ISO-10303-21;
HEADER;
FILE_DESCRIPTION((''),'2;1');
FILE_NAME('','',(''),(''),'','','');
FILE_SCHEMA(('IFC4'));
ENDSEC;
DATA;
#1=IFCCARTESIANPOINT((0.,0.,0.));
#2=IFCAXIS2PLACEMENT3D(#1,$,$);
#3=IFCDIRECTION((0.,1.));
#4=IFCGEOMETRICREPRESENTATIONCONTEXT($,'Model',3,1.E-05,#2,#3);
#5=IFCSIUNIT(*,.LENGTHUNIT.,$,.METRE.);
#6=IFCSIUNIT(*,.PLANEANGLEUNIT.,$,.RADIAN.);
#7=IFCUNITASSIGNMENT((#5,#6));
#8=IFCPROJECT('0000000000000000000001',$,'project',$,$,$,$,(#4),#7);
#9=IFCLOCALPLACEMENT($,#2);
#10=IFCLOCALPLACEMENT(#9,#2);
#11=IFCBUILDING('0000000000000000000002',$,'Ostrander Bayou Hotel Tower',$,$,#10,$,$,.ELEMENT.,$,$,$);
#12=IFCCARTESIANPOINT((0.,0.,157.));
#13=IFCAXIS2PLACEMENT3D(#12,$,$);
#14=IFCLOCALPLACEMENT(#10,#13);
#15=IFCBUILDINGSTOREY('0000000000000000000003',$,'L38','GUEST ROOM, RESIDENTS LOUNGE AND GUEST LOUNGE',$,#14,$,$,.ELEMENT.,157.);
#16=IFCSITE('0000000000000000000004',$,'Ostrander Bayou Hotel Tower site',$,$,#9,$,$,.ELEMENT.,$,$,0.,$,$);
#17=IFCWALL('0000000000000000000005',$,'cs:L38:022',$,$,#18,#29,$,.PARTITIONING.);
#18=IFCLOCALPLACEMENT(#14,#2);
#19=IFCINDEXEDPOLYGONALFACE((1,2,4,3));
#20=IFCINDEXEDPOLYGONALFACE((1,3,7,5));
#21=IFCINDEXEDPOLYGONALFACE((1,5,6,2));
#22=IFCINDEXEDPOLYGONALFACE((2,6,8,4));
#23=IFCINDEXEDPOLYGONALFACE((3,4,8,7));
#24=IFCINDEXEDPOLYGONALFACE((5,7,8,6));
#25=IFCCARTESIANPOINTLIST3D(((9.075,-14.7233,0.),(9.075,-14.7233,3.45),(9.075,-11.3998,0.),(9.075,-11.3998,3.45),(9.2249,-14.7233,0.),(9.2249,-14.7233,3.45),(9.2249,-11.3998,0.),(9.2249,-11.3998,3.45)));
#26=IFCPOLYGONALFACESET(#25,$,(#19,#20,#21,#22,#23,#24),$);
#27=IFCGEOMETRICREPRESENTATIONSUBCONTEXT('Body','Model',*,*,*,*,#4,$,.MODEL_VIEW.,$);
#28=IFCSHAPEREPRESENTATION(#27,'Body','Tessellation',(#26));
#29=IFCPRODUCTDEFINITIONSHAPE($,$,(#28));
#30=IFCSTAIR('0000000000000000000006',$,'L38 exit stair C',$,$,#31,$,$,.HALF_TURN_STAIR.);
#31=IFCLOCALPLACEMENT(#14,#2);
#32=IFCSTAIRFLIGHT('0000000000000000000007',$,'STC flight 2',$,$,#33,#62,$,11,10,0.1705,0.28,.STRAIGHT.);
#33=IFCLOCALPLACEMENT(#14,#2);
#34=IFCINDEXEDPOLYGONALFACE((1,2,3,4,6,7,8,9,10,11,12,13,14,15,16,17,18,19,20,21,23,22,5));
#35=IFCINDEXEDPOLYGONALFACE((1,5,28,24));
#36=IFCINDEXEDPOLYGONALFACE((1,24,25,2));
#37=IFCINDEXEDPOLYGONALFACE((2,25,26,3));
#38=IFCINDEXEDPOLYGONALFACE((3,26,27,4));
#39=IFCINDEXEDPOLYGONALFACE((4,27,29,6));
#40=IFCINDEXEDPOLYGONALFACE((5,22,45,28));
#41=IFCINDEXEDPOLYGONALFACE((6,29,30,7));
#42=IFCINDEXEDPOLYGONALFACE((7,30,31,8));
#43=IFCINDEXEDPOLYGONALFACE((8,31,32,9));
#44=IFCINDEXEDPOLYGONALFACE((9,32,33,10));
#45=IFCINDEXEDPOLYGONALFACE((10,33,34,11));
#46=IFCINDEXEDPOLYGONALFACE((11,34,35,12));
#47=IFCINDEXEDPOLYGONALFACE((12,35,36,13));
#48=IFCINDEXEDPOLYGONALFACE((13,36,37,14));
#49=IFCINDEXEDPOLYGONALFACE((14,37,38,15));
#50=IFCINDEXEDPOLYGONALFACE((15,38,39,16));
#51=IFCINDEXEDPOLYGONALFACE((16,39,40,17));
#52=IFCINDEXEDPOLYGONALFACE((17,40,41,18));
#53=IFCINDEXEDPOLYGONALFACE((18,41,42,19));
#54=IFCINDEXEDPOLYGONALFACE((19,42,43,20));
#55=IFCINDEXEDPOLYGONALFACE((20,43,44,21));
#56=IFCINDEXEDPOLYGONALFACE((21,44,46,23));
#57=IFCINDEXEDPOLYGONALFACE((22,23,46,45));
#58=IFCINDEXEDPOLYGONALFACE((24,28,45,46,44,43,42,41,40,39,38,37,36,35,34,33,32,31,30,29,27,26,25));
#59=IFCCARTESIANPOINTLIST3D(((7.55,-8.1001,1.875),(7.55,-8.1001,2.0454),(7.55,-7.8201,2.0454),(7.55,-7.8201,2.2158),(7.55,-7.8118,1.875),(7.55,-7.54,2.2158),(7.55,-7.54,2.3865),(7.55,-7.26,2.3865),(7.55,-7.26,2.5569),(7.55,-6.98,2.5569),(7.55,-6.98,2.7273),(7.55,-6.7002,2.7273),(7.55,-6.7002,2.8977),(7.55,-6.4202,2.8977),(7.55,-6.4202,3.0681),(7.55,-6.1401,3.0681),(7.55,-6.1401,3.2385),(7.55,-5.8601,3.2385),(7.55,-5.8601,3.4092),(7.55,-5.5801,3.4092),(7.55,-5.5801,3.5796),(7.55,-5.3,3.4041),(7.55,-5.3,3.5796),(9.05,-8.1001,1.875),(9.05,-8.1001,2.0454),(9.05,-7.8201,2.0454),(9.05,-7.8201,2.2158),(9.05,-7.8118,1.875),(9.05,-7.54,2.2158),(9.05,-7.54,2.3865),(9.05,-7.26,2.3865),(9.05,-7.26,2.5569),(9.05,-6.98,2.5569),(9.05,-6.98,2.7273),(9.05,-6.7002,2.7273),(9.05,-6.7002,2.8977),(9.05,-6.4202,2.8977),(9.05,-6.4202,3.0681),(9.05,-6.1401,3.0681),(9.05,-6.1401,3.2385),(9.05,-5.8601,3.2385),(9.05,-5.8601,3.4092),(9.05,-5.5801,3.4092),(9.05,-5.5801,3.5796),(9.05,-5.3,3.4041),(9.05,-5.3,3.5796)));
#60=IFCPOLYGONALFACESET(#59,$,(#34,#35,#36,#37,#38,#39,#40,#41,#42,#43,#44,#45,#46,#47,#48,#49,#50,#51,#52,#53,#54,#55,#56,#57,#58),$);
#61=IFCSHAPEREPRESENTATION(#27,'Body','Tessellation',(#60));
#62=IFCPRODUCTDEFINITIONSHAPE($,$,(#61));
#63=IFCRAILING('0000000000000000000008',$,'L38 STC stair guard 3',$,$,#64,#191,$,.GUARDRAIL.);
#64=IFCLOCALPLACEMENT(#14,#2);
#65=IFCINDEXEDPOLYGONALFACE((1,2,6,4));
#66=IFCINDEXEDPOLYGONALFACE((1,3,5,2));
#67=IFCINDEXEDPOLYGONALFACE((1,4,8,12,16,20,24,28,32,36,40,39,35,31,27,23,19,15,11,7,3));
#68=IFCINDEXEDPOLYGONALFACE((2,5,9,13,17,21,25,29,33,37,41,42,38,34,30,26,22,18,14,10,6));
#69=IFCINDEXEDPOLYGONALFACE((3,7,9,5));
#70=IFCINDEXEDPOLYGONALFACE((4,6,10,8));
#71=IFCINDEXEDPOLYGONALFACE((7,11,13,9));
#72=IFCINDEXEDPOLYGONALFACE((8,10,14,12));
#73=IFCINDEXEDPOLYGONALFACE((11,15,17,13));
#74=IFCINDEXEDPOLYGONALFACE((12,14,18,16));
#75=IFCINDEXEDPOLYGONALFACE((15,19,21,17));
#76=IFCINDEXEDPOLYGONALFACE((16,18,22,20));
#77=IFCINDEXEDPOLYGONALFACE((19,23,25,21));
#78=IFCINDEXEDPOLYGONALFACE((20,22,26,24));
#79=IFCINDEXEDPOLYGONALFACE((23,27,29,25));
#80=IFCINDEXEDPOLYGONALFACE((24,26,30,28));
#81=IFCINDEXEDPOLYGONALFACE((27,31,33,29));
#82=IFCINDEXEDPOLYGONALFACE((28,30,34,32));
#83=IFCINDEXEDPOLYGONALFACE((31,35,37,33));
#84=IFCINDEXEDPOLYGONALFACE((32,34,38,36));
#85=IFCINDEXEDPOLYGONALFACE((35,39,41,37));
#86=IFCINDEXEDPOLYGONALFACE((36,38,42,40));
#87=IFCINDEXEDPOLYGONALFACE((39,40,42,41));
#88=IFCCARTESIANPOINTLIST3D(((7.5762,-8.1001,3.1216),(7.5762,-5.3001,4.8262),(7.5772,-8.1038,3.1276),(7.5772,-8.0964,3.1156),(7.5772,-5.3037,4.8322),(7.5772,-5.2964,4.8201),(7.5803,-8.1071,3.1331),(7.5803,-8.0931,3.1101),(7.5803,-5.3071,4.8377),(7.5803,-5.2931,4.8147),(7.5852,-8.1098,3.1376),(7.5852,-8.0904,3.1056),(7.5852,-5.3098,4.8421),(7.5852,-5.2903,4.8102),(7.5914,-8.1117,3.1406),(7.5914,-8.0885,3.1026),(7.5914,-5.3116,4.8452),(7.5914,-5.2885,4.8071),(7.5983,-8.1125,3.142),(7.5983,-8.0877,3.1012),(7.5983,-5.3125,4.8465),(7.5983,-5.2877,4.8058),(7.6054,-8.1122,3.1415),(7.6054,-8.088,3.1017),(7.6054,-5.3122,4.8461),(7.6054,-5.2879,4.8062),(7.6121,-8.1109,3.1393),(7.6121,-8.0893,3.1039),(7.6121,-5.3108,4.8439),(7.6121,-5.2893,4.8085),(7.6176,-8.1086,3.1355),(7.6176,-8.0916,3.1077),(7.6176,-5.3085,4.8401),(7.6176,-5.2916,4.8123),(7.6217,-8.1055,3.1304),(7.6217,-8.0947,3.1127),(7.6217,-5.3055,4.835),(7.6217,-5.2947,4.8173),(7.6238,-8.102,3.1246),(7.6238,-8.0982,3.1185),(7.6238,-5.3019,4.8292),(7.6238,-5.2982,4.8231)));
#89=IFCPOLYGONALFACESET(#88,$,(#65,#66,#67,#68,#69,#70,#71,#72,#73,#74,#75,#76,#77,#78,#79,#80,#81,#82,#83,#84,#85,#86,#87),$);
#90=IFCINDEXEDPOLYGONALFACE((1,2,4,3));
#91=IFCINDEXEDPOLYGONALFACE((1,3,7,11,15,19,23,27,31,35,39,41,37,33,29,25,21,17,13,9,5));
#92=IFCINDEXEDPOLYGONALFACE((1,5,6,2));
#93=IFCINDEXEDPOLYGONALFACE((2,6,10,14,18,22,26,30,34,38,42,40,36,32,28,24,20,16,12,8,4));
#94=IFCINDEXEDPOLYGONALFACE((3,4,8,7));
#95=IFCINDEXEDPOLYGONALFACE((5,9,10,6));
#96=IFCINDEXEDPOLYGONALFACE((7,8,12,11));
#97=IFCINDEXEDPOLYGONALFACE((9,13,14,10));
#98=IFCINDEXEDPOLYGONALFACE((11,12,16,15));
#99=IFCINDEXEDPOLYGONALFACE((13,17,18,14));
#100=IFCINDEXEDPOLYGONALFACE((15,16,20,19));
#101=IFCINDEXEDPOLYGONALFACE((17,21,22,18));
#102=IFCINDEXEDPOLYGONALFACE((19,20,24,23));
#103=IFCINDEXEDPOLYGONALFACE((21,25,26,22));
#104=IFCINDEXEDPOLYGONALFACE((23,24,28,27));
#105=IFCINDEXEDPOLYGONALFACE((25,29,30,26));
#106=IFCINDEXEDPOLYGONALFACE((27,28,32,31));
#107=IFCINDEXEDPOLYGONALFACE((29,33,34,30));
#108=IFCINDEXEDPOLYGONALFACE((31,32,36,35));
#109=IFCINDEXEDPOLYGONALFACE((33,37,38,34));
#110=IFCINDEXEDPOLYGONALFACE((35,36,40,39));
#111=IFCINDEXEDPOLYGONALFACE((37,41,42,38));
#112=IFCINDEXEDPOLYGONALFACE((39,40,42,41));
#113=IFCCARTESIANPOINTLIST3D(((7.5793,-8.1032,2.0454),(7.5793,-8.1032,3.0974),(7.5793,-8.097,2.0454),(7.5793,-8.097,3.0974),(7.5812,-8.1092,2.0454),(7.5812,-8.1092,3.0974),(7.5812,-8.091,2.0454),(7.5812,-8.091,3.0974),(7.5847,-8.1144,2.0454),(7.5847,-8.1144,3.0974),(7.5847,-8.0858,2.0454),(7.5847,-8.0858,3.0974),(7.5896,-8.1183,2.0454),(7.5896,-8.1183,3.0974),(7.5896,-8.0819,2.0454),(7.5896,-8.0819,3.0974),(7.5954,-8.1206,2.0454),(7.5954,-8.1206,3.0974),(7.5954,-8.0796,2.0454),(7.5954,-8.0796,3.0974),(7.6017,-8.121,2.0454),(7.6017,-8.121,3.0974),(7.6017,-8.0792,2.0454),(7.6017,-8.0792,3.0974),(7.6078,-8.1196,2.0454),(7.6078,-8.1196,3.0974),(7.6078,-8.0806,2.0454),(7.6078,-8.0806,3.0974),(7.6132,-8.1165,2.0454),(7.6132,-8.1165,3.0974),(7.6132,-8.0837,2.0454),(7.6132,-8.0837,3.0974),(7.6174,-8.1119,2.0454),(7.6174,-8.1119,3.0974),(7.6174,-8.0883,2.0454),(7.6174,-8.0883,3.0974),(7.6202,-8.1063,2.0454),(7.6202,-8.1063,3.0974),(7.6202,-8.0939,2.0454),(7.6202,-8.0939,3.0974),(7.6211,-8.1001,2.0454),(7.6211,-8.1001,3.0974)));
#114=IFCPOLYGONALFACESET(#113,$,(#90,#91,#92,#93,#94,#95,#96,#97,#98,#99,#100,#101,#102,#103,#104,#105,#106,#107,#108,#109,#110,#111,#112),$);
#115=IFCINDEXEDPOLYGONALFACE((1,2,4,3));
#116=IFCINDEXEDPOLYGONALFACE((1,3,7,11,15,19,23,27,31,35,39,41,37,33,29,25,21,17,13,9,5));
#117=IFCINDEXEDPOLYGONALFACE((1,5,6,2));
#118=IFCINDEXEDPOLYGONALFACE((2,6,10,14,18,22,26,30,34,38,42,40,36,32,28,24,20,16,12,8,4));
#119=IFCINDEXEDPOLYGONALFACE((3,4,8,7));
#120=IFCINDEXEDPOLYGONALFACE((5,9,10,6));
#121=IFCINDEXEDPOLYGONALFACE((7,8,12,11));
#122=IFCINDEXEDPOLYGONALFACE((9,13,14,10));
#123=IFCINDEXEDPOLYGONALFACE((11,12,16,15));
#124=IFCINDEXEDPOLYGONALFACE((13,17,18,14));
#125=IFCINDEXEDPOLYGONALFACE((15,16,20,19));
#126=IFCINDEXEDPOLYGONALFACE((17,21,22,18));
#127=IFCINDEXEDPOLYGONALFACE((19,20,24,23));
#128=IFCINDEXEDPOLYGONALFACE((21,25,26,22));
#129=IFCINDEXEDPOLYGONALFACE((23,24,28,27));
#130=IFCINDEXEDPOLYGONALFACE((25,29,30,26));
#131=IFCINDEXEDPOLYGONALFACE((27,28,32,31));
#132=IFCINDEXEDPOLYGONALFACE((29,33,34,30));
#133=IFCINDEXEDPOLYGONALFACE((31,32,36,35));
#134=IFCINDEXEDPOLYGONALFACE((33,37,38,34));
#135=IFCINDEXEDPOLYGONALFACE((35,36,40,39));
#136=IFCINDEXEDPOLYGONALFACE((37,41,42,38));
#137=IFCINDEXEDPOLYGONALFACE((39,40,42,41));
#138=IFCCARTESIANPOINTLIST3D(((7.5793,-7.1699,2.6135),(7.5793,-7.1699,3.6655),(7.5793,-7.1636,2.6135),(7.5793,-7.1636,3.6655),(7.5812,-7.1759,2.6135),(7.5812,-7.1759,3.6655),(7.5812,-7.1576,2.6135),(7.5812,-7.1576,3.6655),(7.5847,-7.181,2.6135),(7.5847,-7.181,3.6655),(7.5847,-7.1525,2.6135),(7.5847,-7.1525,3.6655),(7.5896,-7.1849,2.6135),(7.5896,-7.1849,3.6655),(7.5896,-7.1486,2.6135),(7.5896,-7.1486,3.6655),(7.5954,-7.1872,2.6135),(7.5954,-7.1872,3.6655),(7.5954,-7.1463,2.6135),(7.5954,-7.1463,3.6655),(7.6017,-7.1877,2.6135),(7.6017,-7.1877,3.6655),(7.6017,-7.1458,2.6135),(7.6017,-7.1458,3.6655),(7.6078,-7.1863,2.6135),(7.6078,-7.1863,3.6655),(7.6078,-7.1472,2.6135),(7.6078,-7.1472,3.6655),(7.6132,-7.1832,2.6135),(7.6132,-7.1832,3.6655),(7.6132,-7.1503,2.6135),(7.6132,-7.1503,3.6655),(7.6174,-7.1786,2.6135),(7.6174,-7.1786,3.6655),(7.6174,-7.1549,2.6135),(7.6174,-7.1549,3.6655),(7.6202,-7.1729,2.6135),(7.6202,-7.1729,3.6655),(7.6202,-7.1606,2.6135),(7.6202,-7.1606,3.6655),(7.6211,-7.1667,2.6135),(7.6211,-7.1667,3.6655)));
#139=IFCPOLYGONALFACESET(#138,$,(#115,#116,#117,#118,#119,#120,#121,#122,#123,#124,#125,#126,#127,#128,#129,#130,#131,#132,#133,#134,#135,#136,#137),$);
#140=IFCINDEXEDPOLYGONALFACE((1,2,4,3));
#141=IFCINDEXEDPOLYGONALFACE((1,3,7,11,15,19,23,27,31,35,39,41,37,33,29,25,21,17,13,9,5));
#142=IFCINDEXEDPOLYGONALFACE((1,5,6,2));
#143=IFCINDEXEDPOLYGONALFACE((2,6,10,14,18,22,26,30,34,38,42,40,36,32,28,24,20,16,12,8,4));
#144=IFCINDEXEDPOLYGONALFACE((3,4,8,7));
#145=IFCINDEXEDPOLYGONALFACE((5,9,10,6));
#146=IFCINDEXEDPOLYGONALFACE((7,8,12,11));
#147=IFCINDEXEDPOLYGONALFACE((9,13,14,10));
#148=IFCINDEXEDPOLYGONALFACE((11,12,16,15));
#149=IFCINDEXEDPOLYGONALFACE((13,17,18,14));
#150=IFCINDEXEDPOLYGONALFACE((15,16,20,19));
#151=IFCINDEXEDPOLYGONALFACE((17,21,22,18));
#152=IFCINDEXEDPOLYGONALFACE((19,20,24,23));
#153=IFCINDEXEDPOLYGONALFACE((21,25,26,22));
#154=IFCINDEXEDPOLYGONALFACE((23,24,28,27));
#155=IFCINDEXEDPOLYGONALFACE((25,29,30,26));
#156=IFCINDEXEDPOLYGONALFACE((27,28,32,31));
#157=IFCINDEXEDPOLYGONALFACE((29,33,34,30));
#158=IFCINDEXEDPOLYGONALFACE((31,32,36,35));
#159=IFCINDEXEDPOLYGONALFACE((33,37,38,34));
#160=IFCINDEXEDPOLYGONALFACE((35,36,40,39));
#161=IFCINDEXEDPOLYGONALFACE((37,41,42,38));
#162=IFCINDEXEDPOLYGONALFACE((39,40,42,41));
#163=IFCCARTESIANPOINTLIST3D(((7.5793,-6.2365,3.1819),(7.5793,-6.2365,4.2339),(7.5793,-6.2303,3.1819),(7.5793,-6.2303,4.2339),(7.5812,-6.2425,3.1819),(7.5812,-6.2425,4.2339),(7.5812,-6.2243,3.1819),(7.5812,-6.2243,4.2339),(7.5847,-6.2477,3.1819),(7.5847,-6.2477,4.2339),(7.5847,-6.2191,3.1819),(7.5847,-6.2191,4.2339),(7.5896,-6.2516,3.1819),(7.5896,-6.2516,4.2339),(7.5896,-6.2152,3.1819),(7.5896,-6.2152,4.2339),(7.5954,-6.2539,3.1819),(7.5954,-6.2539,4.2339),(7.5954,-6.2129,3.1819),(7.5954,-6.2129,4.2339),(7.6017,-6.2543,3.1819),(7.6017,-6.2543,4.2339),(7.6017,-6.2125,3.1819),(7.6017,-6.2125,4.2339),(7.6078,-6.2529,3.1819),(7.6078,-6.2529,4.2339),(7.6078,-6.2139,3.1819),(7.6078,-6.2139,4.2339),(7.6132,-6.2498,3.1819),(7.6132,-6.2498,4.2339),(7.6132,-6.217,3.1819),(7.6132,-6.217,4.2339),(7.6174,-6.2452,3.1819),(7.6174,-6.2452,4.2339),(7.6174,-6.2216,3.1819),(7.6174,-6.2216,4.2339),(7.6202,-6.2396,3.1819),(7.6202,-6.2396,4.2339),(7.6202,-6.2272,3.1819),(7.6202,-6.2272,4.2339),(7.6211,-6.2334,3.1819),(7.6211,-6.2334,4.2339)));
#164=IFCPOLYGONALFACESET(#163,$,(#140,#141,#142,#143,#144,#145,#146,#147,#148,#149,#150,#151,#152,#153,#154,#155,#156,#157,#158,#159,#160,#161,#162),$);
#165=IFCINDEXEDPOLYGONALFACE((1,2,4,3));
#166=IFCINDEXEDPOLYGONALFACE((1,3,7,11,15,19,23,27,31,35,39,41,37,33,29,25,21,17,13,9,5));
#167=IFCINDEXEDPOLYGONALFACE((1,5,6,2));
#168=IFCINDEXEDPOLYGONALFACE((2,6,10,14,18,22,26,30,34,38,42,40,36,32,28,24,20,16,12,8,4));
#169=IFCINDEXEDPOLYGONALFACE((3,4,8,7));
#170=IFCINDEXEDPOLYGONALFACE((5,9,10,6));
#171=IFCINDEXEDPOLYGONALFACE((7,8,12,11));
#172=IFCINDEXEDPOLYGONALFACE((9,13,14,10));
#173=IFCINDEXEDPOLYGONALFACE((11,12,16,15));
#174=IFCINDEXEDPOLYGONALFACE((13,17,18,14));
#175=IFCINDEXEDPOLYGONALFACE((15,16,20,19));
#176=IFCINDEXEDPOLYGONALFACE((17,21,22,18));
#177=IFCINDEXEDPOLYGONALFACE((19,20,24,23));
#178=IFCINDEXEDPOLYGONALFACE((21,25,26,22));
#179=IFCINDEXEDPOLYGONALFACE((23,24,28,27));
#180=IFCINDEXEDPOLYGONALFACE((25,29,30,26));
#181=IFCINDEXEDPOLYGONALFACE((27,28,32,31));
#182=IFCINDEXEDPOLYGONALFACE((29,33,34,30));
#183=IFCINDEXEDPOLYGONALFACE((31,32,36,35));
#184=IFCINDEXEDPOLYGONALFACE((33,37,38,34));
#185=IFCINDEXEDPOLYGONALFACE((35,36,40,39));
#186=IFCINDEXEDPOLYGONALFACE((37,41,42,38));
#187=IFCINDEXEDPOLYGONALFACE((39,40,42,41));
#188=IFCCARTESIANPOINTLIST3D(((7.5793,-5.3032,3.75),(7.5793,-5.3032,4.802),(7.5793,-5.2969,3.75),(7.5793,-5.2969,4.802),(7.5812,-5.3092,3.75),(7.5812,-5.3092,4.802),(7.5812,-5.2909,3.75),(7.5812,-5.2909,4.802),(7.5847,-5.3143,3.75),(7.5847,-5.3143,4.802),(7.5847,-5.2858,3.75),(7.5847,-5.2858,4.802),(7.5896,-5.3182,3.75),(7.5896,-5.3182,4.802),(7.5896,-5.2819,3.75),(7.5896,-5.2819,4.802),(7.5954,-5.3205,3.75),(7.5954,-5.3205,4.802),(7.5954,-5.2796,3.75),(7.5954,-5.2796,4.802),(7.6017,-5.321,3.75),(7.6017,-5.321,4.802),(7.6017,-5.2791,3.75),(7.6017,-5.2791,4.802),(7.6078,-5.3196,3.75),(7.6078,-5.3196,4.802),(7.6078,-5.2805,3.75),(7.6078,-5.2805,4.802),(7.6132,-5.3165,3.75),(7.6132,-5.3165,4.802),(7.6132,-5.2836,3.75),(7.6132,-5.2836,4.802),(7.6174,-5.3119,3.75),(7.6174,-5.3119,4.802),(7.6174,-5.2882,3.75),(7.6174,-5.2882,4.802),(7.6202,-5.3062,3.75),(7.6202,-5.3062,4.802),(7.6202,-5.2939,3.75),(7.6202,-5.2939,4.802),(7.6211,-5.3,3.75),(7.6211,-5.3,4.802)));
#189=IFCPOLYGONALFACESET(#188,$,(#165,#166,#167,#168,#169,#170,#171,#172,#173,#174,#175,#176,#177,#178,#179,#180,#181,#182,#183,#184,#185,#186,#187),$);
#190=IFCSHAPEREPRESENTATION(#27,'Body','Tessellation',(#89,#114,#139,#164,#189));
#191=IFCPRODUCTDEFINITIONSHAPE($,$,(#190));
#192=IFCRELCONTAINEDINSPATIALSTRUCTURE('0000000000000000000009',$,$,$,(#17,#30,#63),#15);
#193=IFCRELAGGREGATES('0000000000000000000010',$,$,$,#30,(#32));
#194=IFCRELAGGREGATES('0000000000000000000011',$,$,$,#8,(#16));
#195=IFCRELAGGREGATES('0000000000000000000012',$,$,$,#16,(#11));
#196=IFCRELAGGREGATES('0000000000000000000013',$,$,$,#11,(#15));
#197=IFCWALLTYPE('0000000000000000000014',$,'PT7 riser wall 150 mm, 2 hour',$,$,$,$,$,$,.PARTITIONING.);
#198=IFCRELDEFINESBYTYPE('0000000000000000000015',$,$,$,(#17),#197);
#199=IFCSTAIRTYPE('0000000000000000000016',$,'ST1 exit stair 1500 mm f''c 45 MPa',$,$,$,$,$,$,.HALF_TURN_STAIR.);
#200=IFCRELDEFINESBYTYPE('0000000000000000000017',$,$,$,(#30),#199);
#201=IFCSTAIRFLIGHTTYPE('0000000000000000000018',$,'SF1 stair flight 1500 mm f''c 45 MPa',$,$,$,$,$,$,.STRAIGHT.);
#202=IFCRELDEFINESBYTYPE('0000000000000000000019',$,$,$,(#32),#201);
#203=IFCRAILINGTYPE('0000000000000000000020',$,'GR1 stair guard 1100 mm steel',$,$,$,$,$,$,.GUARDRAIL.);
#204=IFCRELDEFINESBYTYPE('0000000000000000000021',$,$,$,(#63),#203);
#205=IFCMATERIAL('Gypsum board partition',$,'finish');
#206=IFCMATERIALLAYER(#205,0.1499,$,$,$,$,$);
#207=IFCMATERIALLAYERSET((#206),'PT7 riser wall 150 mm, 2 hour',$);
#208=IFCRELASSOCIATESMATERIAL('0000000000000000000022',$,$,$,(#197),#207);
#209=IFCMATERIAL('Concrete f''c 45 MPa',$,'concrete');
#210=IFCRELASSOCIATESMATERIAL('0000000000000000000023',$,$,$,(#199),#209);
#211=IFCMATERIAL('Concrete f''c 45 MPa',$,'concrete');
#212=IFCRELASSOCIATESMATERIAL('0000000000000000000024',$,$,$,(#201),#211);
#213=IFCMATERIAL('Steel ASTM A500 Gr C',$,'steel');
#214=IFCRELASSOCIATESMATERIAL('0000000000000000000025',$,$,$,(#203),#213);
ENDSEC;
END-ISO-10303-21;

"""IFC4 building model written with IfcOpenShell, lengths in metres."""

from ifc_helpers import new_model, si_unit, direction, frame, frame_2d, origin, origin_2d, place, context, subcontext, project, spatial, polyline, rectangle, circle, outline, extrude, material, layer, layer_set, type_object, element, aggregate, save


model = new_model("IFC4")

# Units and contexts
model_context = context("Model", 3, precision=1e-05, world=origin(), true_north=direction((0.0, 1.0)))
body_context = subcontext(model_context, "Body", "Model", "MODEL_VIEW")
ifc_project = project(units=[si_unit("LENGTHUNIT", "METRE"), si_unit("PLANEANGLEUNIT", "RADIAN")], contexts=[model_context])

# Site, building, storey
site_placement = place(None, origin())
site = spatial("IfcSite", under=ifc_project, at=site_placement, Name="Ostrander Bayou Hotel Tower site", CompositionType="ELEMENT", RefElevation=0.0)
building_placement = place(site_placement, origin())
building = spatial("IfcBuilding", under=site, at=building_placement, Name="Ostrander Bayou Hotel Tower", CompositionType="ELEMENT")
storey_placement = place(building_placement, frame((0.0, 0.0, 157.0)))
storey = spatial("IfcBuildingStorey", under=building, at=storey_placement, Name="L38", Description="GUEST ROOM, RESIDENTS LOUNGE AND GUEST LOUNGE", CompositionType="ELEMENT", Elevation=157.0)

# Wall
ifc_material_1 = material(Name="Gypsum board partition", Category="finish")
ifc_layer_1 = layer(ifc_material_1, 0.1499)
ifc_layer_set_1 = layer_set([ifc_layer_1], Name="PT7 riser wall 150 mm, 2 hour")
wall_type_1 = type_object("IfcWallType", Name="PT7 riser wall 150 mm, 2 hour", PredefinedType="PARTITIONING", material=ifc_layer_set_1)
wall_1_placement = place(storey_placement, frame((9.1499, -11.3999, 0.0), z_axis=(0.0, 0.0, 1.0), x_axis=(0.0, -1.0, 0.0)))
element("IfcWall", 1, at=wall_1_placement, inside=storey, type_object=wall_type_1, Name="cs:L38:022", PredefinedType="PARTITIONING", context=body_context, shape_type="SweptSolid", body=[
    extrude(rectangle(XDim=3.3235, YDim=0.1499, at=frame_2d((1.6616, 0.0))), origin(), (0.0, 0.0, 1.0), 3.45),
])

# Stair, stair flight
ifc_material_2 = material(Name="Concrete f'c 45 MPa", Category="concrete")
stair_type = type_object("IfcStairType", Name="ST1 exit stair 1500 mm f'c 45 MPa", PredefinedType="HALF_TURN_STAIR", material=ifc_material_2)
stair_placement = place(storey_placement, origin())
stair = element("IfcStair", 2, at=stair_placement, inside=storey, type_object=stair_type, Name="L38 exit stair C", PredefinedType="HALF_TURN_STAIR")
ifc_material_3 = material(Name="Concrete f'c 45 MPa", Category="concrete")
stair_flight_type = type_object("IfcStairFlightType", Name="SF1 stair flight 1500 mm f'c 45 MPa", PredefinedType="STRAIGHT", material=ifc_material_3)
stair_flight_placement = place(storey_placement, frame((8.3, -8.1001, 1.875), z_axis=(0.0, 0.0, 1.0), x_axis=(0.0, 1.0, 0.0)))
stair_flight = element("IfcStairFlight", 3, at=stair_flight_placement, type_object=stair_flight_type, Name="STC flight 2", NumberOfRisers=11, NumberOfTreads=10, PredefinedType="STRAIGHT", RiserHeight=0.1705, TreadLength=0.28, context=body_context, shape_type="SweptSolid", body=[
    extrude(outline(polyline([(0.0, 0.0), (0.0, 0.1704), (0.28, 0.1704), (0.28, 0.3408), (0.5601, 0.3408), (0.5601, 0.5115), (0.8401, 0.5115), (0.8401, 0.6819), (1.1201, 0.6819), (1.1201, 0.8523), (1.3999, 0.8523), (1.3999, 1.0227), (1.6799, 1.0227), (1.6799, 1.1931), (1.96, 1.1931), (1.96, 1.3635), (2.24, 1.3635), (2.24, 1.5342), (2.52, 1.5342), (2.52, 1.7046), (2.8, 1.7046), (2.8, 1.875), (2.8, 1.5291), (0.2883, 0.0), (0.0, 0.0)])), frame((0.0, 0.75, 0.0), z_axis=(0.0, -1.0, 0.0), x_axis=(1.0, 0.0, 0.0)), (0.0, 0.0, 1.0), 1.5),
])
aggregate(stair, [stair_flight])

# Railing
ifc_material_4 = material(Name="Steel ASTM A500 Gr C", Category="steel")
railing_type_1 = type_object("IfcRailingType", Name="GR1 stair guard 1100 mm steel", PredefinedType="GUARDRAIL", material=ifc_material_4)
railing_1_placement = place(storey_placement, frame((7.6001, -8.1001, 2.0454)))
element("IfcRailing", 4, at=railing_1_placement, inside=storey, type_object=railing_type_1, Name="L38 STC stair guard 3", PredefinedType="GUARDRAIL", context=body_context, shape_type="SweptSolid", body=[
    extrude(circle(Radius=0.0239, at=origin_2d()), frame((0.0, 0.0, 1.0762), z_axis=(0.0, 0.85417, 0.519994), x_axis=(-1.0, 0.0, 0.0)), (0.0, 0.0, 1.0), 3.2781),
    extrude(circle(Radius=0.021, at=origin_2d()), origin(), (0.0, 0.0, 1.0), 1.052),
    extrude(circle(Radius=0.021, at=origin_2d()), frame((0.0, 0.9333, 0.5681)), (0.0, 0.0, 1.0), 1.052),
    extrude(circle(Radius=0.021, at=origin_2d()), frame((0.0, 1.8667, 1.1365)), (0.0, 0.0, 1.0), 1.052),
    extrude(circle(Radius=0.021, at=origin_2d()), frame((0.0, 2.8, 1.7046)), (0.0, 0.0, 1.0), 1.052),
])

save(model, "model.ifc")
